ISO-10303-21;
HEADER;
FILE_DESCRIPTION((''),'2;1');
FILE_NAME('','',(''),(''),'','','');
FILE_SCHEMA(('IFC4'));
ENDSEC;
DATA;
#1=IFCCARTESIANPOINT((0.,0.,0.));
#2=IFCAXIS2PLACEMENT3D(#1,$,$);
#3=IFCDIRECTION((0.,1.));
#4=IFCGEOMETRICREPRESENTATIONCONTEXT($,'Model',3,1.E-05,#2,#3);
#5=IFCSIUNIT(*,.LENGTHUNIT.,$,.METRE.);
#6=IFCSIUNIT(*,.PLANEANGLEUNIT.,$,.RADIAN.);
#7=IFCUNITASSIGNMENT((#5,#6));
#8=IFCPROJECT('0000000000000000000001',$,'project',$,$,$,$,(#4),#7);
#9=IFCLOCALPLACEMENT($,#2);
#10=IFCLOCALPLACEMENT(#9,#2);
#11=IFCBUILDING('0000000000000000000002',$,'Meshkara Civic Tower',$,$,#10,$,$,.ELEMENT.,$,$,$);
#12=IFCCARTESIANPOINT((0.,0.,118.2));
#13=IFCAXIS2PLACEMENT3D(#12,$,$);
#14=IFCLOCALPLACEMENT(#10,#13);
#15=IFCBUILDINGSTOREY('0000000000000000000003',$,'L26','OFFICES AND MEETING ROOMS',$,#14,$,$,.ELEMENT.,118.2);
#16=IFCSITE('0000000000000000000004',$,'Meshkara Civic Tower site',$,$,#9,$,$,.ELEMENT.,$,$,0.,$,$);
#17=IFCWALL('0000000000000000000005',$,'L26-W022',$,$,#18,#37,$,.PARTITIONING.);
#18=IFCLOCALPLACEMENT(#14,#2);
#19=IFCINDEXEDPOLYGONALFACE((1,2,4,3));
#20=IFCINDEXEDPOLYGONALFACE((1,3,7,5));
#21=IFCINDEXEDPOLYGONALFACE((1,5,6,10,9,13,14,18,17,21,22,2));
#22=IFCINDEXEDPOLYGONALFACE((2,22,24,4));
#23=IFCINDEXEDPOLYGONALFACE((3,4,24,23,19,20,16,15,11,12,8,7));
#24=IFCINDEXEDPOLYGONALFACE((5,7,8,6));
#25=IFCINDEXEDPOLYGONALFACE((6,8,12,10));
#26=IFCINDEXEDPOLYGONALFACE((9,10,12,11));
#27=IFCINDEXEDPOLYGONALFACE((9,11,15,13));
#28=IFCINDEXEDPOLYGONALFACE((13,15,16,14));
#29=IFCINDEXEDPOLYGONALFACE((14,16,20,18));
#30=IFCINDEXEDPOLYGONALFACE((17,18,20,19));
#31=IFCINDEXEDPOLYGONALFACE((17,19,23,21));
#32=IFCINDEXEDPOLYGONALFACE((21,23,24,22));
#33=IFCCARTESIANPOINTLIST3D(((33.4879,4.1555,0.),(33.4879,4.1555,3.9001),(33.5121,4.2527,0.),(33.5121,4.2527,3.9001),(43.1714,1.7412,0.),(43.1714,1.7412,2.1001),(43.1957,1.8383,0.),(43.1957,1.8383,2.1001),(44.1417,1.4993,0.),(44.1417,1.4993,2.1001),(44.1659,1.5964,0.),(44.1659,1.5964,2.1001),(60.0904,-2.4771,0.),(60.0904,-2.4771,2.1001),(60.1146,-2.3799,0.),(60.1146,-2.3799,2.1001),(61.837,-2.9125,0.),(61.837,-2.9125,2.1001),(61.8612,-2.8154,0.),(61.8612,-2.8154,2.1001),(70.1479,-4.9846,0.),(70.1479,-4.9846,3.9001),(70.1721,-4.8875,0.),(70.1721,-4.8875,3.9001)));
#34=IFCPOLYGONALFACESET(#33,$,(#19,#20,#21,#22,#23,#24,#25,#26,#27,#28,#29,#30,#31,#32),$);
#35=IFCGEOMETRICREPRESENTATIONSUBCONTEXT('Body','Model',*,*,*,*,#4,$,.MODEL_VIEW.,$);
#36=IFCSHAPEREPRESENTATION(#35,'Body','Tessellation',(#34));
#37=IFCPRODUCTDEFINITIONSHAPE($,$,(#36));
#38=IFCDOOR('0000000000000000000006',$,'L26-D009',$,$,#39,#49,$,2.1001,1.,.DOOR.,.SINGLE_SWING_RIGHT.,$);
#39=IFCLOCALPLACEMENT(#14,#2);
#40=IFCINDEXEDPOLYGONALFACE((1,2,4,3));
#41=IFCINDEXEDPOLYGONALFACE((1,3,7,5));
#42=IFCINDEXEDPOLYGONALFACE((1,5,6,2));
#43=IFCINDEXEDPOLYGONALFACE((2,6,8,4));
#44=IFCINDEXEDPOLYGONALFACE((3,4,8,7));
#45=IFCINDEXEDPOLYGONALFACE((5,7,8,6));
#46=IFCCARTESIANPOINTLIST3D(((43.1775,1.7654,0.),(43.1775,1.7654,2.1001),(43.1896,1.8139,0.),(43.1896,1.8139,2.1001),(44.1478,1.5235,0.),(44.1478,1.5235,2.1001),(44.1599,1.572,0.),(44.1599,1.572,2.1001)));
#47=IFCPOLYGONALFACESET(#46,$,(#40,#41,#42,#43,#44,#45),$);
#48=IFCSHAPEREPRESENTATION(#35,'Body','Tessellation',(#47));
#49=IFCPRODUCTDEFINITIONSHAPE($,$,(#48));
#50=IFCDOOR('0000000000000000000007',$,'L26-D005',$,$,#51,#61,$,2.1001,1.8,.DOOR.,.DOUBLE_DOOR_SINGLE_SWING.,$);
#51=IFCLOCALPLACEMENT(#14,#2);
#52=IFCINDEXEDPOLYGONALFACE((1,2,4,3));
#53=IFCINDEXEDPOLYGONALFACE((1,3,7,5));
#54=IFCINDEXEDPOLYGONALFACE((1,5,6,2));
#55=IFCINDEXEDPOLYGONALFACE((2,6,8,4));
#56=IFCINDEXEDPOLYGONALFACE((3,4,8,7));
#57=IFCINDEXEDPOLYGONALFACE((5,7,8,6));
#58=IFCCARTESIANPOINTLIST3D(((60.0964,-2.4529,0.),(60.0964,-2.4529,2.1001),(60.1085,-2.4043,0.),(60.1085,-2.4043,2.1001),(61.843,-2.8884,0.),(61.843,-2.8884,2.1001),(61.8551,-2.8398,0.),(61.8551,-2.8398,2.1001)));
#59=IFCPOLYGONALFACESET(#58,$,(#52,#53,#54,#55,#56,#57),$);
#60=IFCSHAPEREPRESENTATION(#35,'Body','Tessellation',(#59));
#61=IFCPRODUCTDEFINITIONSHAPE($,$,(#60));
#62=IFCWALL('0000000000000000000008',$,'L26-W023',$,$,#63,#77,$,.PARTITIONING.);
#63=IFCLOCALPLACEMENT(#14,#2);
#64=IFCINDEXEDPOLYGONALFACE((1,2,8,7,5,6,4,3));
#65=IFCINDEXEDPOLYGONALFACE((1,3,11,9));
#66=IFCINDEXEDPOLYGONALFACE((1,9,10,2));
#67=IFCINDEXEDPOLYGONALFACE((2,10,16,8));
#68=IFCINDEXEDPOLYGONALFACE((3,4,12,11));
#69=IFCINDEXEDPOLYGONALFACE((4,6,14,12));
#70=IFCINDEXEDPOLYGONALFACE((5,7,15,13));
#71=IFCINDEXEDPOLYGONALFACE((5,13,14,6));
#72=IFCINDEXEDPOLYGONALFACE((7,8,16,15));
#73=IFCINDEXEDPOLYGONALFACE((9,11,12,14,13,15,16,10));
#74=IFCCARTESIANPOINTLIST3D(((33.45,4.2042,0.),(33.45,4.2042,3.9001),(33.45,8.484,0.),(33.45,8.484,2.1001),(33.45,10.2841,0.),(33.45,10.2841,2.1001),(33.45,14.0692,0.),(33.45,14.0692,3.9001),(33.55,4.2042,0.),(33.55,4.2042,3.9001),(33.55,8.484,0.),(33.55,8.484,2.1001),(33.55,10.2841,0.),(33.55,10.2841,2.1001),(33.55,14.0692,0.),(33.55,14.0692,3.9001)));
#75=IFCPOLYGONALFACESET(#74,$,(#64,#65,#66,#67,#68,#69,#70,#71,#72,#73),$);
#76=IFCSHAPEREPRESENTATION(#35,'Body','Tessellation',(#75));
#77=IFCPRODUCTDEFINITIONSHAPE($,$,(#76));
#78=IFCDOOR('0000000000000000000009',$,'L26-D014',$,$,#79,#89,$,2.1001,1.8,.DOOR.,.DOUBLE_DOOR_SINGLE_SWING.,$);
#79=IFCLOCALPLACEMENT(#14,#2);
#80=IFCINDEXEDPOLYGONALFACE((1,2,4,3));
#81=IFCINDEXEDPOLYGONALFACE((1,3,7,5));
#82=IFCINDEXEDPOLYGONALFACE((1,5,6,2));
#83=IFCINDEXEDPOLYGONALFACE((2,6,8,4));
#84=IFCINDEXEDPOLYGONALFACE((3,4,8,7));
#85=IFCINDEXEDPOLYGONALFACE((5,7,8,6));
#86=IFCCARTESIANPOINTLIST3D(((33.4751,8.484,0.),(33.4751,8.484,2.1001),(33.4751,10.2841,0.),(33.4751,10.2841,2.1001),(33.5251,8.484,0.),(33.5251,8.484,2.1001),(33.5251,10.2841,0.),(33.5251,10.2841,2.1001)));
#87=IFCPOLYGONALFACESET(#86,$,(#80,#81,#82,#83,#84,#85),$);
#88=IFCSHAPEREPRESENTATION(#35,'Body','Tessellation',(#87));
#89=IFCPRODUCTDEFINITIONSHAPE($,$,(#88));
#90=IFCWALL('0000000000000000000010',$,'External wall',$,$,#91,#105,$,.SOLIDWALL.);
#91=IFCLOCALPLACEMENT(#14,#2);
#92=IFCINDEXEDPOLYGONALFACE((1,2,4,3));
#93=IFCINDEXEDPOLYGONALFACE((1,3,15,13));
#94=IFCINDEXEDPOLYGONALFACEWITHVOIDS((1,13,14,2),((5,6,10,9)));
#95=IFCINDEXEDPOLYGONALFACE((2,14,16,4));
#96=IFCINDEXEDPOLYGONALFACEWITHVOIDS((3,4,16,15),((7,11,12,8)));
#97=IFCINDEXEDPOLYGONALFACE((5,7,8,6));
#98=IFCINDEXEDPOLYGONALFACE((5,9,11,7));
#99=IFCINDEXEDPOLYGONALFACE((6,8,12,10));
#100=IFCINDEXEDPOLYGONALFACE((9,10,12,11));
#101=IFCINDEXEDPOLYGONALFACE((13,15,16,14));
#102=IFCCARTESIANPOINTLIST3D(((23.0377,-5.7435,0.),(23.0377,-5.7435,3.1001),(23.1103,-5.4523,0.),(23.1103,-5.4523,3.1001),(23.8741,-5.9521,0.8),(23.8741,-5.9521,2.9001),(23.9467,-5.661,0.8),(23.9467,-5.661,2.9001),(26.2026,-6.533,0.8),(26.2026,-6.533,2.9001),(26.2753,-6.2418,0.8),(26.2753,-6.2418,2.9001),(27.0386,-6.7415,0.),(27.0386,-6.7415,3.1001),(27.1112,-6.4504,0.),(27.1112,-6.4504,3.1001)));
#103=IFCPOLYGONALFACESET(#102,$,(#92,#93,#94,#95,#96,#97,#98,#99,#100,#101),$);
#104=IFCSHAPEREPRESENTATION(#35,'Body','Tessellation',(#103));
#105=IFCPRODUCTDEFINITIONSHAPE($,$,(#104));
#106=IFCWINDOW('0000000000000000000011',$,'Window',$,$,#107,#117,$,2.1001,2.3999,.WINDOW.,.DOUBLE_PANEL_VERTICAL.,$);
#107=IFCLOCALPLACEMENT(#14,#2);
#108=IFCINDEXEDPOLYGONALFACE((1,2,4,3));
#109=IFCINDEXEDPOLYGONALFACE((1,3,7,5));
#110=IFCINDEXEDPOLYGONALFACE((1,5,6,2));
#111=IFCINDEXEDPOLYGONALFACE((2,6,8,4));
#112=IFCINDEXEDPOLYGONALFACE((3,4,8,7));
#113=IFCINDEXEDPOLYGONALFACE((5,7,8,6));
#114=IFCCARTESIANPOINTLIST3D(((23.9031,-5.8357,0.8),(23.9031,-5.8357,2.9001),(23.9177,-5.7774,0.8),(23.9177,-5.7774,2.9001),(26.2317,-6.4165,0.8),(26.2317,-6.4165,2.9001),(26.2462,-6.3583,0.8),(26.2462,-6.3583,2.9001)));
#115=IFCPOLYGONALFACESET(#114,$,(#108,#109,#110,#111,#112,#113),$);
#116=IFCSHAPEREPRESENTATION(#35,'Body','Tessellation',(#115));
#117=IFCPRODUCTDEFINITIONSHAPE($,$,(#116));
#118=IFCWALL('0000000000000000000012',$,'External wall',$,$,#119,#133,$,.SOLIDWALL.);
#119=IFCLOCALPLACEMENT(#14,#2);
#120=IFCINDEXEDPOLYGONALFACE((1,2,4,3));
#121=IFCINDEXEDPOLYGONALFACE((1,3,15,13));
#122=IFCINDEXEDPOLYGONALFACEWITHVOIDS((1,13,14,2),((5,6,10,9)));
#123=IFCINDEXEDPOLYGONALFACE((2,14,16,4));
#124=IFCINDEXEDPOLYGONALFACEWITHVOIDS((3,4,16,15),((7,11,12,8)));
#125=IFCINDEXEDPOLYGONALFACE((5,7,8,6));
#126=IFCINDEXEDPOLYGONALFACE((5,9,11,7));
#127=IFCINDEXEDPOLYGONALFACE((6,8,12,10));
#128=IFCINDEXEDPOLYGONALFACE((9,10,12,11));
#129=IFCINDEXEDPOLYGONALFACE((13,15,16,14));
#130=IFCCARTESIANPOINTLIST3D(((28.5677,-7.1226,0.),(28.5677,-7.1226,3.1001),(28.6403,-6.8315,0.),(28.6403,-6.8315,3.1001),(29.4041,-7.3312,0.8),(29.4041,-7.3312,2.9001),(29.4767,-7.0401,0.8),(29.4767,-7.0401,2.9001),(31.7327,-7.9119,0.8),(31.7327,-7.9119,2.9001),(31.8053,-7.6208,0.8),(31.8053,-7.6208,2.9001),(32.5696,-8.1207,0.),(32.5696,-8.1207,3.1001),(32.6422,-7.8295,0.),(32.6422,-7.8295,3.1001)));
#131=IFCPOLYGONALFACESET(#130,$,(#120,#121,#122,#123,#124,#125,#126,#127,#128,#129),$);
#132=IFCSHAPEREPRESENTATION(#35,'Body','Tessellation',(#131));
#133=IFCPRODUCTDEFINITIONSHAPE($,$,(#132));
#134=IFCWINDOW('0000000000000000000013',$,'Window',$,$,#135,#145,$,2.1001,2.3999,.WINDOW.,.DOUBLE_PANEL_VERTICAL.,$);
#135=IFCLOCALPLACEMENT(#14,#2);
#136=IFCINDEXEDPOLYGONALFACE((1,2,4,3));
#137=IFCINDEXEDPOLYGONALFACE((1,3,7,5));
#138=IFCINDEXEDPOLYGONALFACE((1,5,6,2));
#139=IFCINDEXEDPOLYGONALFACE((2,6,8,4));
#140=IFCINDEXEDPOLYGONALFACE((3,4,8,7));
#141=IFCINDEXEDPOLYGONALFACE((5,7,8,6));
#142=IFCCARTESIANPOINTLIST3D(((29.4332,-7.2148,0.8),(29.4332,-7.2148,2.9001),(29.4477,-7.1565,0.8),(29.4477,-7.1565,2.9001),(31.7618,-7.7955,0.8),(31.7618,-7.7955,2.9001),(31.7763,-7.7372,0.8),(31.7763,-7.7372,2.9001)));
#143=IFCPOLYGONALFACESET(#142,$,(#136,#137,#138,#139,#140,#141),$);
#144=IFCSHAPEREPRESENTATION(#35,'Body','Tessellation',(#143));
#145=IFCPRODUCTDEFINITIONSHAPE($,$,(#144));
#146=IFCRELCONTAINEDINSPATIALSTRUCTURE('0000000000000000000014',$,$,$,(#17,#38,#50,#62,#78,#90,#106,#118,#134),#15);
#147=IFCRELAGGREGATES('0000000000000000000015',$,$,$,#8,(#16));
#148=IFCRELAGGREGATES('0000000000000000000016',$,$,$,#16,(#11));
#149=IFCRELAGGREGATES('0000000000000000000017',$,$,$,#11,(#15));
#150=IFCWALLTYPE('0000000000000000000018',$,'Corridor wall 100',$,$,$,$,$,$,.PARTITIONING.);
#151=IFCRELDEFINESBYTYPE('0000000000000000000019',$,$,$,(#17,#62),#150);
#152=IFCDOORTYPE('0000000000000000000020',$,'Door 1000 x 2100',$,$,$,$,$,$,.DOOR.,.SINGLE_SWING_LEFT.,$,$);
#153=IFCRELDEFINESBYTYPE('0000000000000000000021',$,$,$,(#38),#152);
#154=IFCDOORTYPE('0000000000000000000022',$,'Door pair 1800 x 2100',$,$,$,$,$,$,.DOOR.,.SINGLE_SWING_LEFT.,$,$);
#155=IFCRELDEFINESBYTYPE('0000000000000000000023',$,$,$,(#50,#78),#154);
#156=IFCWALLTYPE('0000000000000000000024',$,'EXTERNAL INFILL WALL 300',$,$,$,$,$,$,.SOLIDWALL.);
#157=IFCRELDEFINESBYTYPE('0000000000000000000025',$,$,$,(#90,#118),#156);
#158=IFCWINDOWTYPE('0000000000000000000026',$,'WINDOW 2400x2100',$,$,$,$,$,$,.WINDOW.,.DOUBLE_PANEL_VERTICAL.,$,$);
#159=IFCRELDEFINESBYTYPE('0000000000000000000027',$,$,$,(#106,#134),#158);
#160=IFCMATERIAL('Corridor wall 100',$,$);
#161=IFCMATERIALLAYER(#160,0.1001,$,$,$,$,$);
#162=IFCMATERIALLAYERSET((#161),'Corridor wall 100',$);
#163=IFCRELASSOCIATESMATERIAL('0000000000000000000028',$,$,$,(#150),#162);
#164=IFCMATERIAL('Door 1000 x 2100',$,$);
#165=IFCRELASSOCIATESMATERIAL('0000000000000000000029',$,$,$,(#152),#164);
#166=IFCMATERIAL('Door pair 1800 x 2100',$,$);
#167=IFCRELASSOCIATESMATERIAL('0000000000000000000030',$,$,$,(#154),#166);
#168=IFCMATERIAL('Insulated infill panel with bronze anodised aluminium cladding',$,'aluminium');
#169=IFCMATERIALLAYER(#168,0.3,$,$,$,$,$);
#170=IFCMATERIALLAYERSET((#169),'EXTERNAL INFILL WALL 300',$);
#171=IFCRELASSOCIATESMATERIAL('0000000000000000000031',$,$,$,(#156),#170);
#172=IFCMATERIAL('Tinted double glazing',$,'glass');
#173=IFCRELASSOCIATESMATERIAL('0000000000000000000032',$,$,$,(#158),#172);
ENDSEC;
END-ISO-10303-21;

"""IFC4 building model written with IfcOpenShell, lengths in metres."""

from ifc_helpers import new_model, si_unit, direction, frame, frame_2d, origin, place, context, subcontext, project, spatial, rectangle, extrude, material, layer, layer_set, type_object, element, fill, save


model = new_model("IFC4")

# Units and contexts
model_context = context("Model", 3, precision=1e-05, world=origin(), true_north=direction((0.0, 1.0)))
body_context = subcontext(model_context, "Body", "Model", "MODEL_VIEW")
ifc_project = project(units=[si_unit("LENGTHUNIT", "METRE"), si_unit("PLANEANGLEUNIT", "RADIAN")], contexts=[model_context])

# Site, building, storey
site_placement = place(None, origin())
site = spatial("IfcSite", under=ifc_project, at=site_placement, Name="Meshkara Civic Tower site", CompositionType="ELEMENT", RefElevation=0.0)
building_placement = place(site_placement, origin())
building = spatial("IfcBuilding", under=site, at=building_placement, Name="Meshkara Civic Tower", CompositionType="ELEMENT")
storey_placement = place(building_placement, frame((0.0, 0.0, 118.2)))
storey = spatial("IfcBuildingStorey", under=building, at=storey_placement, Name="L26", Description="OFFICES AND MEETING ROOMS", CompositionType="ELEMENT", Elevation=118.2)

# Wall, openings, doors
ifc_material_1 = material(Name="Corridor wall 100")
ifc_layer_1 = layer(ifc_material_1, 0.1001)
ifc_layer_set_1 = layer_set([ifc_layer_1], Name="Corridor wall 100")
wall_type_1 = type_object("IfcWallType", Name="Corridor wall 100", PredefinedType="PARTITIONING", material=ifc_layer_set_1)
wall_1_placement = place(storey_placement, frame((33.5, 4.2041, 0.0), z_axis=(0.0, 0.0, 1.0), x_axis=(0.970297, -0.241917, 0.0)))
wall_1 = element("IfcWall", 1, at=wall_1_placement, inside=storey, type_object=wall_type_1, Name="L26-W022", PredefinedType="PARTITIONING", context=body_context, shape_type="SweptSolid", body=[
    extrude(rectangle(XDim=37.7822, YDim=0.1001, at=frame_2d((18.8911, 0.0))), origin(), (0.0, 0.0, 1.0), 3.9001),
])
opening_1_placement = place(wall_1_placement, frame((27.417, 0.0, 0.0)))
opening_1 = element("IfcOpeningElement", 2, at=opening_1_placement, cuts=wall_1, PredefinedType="OPENING", context=body_context, shape_type="SweptSolid", body=[
    extrude(rectangle(XDim=1.8, YDim=2.1001, at=frame_2d((0.8999, 1.05))), frame((0.0, 0.0601, 0.0), z_axis=(0.0, -1.0, 0.0), x_axis=(1.0, 0.0, 0.0)), (0.0, 0.0, 1.0), 0.1201),
])
opening_2_placement = place(wall_1_placement, frame((9.98, 0.0, 0.0)))
opening_2 = element("IfcOpeningElement", 3, at=opening_2_placement, cuts=wall_1, PredefinedType="OPENING", context=body_context, shape_type="SweptSolid", body=[
    extrude(rectangle(XDim=1.0, YDim=2.1001, at=frame_2d((0.5, 1.05))), frame((0.0, 0.0601, 0.0), z_axis=(0.0, -1.0, 0.0), x_axis=(1.0, 0.0, 0.0)), (0.0, 0.0, 1.0), 0.1201),
])
ifc_material_2 = material(Name="Door 1000 x 2100")
door_type_1 = type_object("IfcDoorType", Name="Door 1000 x 2100", OperationType="SINGLE_SWING_LEFT", PredefinedType="DOOR", material=ifc_material_2)
door_1_placement = place(opening_2_placement, origin())
door_1 = element("IfcDoor", 4, at=door_1_placement, inside=storey, type_object=door_type_1, Name="L26-D009", OperationType="SINGLE_SWING_RIGHT", OverallHeight=2.1001, OverallWidth=1.0, PredefinedType="DOOR", context=body_context, shape_type="SweptSolid", body=[
    extrude(rectangle(XDim=1.0, YDim=2.1001, at=frame_2d((0.5, 1.05))), frame((0.0, 0.0249, 0.0), z_axis=(0.0, -1.0, 0.0), x_axis=(1.0, 0.0, 0.0)), (0.0, 0.0, 1.0), 0.05),
])
fill(opening_2, door_1)
ifc_material_3 = material(Name="Door pair 1800 x 2100")
door_type_2 = type_object("IfcDoorType", Name="Door pair 1800 x 2100", OperationType="SINGLE_SWING_LEFT", PredefinedType="DOOR", material=ifc_material_3)
door_2_placement = place(opening_1_placement, origin())
door_2 = element("IfcDoor", 5, at=door_2_placement, inside=storey, type_object=door_type_2, Name="L26-D005", OperationType="DOUBLE_DOOR_SINGLE_SWING", OverallHeight=2.1001, OverallWidth=1.8, PredefinedType="DOOR", context=body_context, shape_type="SweptSolid", body=[
    extrude(rectangle(XDim=1.8, YDim=2.1001, at=frame_2d((0.8999, 1.05))), frame((0.0, 0.0249, 0.0), z_axis=(0.0, -1.0, 0.0), x_axis=(1.0, 0.0, 0.0)), (0.0, 0.0, 1.0), 0.05),
])
fill(opening_1, door_2)

# Wall, opening, door
wall_2_placement = place(storey_placement, frame((33.5, 4.2041, 0.0), z_axis=(0.0, 0.0, 1.0), x_axis=(0.0, 1.0, 0.0)))
wall_2 = element("IfcWall", 6, at=wall_2_placement, inside=storey, type_object=wall_type_1, Name="L26-W023", PredefinedType="PARTITIONING", context=body_context, shape_type="SweptSolid", body=[
    extrude(rectangle(XDim=9.865, YDim=0.1001, at=frame_2d((4.9326, 0.0))), origin(), (0.0, 0.0, 1.0), 3.9001),
])
opening_3_placement = place(wall_2_placement, frame((4.28, 0.0, 0.0)))
opening_3 = element("IfcOpeningElement", 7, at=opening_3_placement, cuts=wall_2, PredefinedType="OPENING", context=body_context, shape_type="SweptSolid", body=[
    extrude(rectangle(XDim=1.8, YDim=2.1001, at=frame_2d((0.8999, 1.05))), frame((0.0, 0.0601, 0.0), z_axis=(0.0, -1.0, 0.0), x_axis=(1.0, 0.0, 0.0)), (0.0, 0.0, 1.0), 0.1201),
])
door_3_placement = place(opening_3_placement, origin())
door_3 = element("IfcDoor", 8, at=door_3_placement, inside=storey, type_object=door_type_2, Name="L26-D014", OperationType="DOUBLE_DOOR_SINGLE_SWING", OverallHeight=2.1001, OverallWidth=1.8, PredefinedType="DOOR", context=body_context, shape_type="SweptSolid", body=[
    extrude(rectangle(XDim=1.8, YDim=2.1001, at=frame_2d((0.8999, 1.05))), frame((0.0, 0.0249, 0.0), z_axis=(0.0, -1.0, 0.0), x_axis=(1.0, 0.0, 0.0)), (0.0, 0.0, 1.0), 0.05),
])
fill(opening_3, door_3)

# Walls, openings, windows
ifc_material_4 = material(Name="Insulated infill panel with bronze anodised aluminium cladding", Category="aluminium")
ifc_layer_2 = layer(ifc_material_4, 0.3)
ifc_layer_set_2 = layer_set([ifc_layer_2], Name="EXTERNAL INFILL WALL 300")
wall_type_2 = type_object("IfcWallType", Name="EXTERNAL INFILL WALL 300", PredefinedType="SOLIDWALL", material=ifc_layer_set_2)
wall_3_placement = place(storey_placement, frame((23.074, -5.5979, 0.0), z_axis=(0.0, 0.0, 1.0), x_axis=(0.970268, -0.242034, 0.0)))
wall_3 = element("IfcWall", 9, at=wall_3_placement, inside=storey, type_object=wall_type_2, Name="External wall", PredefinedType="SOLIDWALL", context=body_context, shape_type="SweptSolid", body=[
    extrude(rectangle(XDim=4.1235, YDim=0.3, at=frame_2d((2.0618, 0.0))), origin(), (0.0, 0.0, 1.0), 3.1001),
])
opening_4_placement = place(wall_3_placement, frame((0.8621, 0.0, 0.8)))
opening_4 = element("IfcOpeningElement", 10, at=opening_4_placement, cuts=wall_3, PredefinedType="OPENING", context=body_context, shape_type="SweptSolid", body=[
    extrude(rectangle(XDim=2.3999, YDim=2.1001, at=frame_2d((1.2, 1.05))), frame((0.0, 0.1599, 0.0), z_axis=(0.0, -1.0, 0.0), x_axis=(1.0, 0.0, 0.0)), (0.0, 0.0, 1.0), 0.3201),
])
ifc_material_5 = material(Name="Tinted double glazing", Category="glass")
window_type = type_object("IfcWindowType", Name="WINDOW 2400x2100", PartitioningType="DOUBLE_PANEL_VERTICAL", PredefinedType="WINDOW", material=ifc_material_5)
window_1_placement = place(opening_4_placement, origin())
window_1 = element("IfcWindow", 11, at=window_1_placement, inside=storey, type_object=window_type, Name="Window", OverallHeight=2.1001, OverallWidth=2.3999, PartitioningType="DOUBLE_PANEL_VERTICAL", PredefinedType="WINDOW", context=body_context, shape_type="SweptSolid", body=[
    extrude(rectangle(XDim=2.3999, YDim=2.1001, at=frame_2d((1.2, 1.05))), frame((0.0, 0.03, 0.0), z_axis=(0.0, -1.0, 0.0), x_axis=(1.0, 0.0, 0.0)), (0.0, 0.0, 1.0), 0.0601),
])
fill(opening_4, window_1)
wall_4_placement = place(storey_placement, frame((28.604, -6.9771, 0.0), z_axis=(0.0, 0.0, 1.0), x_axis=(0.970282, -0.241978, 0.0)))
wall_4 = element("IfcWall", 12, at=wall_4_placement, inside=storey, type_object=wall_type_2, Name="External wall", PredefinedType="SOLIDWALL", context=body_context, shape_type="SweptSolid", body=[
    extrude(rectangle(XDim=4.1245, YDim=0.3, at=frame_2d((2.0623, 0.0))), origin(), (0.0, 0.0, 1.0), 3.1001),
])
opening_5_placement = place(wall_4_placement, frame((0.8621, 0.0, 0.8)))
opening_5 = element("IfcOpeningElement", 13, at=opening_5_placement, cuts=wall_4, PredefinedType="OPENING", context=body_context, shape_type="SweptSolid", body=[
    extrude(rectangle(XDim=2.3999, YDim=2.1001, at=frame_2d((1.2, 1.05))), frame((0.0, 0.1599, 0.0), z_axis=(0.0, -1.0, 0.0), x_axis=(1.0, 0.0, 0.0)), (0.0, 0.0, 1.0), 0.3201),
])
window_2_placement = place(opening_5_placement, origin())
window_2 = element("IfcWindow", 14, at=window_2_placement, inside=storey, type_object=window_type, Name="Window", OverallHeight=2.1001, OverallWidth=2.3999, PartitioningType="DOUBLE_PANEL_VERTICAL", PredefinedType="WINDOW", context=body_context, shape_type="SweptSolid", body=[
    extrude(rectangle(XDim=2.3999, YDim=2.1001, at=frame_2d((1.2, 1.05))), frame((0.0, 0.03, 0.0), z_axis=(0.0, -1.0, 0.0), x_axis=(1.0, 0.0, 0.0)), (0.0, 0.0, 1.0), 0.0601),
])
fill(opening_5, window_2)

save(model, "model.ifc")
